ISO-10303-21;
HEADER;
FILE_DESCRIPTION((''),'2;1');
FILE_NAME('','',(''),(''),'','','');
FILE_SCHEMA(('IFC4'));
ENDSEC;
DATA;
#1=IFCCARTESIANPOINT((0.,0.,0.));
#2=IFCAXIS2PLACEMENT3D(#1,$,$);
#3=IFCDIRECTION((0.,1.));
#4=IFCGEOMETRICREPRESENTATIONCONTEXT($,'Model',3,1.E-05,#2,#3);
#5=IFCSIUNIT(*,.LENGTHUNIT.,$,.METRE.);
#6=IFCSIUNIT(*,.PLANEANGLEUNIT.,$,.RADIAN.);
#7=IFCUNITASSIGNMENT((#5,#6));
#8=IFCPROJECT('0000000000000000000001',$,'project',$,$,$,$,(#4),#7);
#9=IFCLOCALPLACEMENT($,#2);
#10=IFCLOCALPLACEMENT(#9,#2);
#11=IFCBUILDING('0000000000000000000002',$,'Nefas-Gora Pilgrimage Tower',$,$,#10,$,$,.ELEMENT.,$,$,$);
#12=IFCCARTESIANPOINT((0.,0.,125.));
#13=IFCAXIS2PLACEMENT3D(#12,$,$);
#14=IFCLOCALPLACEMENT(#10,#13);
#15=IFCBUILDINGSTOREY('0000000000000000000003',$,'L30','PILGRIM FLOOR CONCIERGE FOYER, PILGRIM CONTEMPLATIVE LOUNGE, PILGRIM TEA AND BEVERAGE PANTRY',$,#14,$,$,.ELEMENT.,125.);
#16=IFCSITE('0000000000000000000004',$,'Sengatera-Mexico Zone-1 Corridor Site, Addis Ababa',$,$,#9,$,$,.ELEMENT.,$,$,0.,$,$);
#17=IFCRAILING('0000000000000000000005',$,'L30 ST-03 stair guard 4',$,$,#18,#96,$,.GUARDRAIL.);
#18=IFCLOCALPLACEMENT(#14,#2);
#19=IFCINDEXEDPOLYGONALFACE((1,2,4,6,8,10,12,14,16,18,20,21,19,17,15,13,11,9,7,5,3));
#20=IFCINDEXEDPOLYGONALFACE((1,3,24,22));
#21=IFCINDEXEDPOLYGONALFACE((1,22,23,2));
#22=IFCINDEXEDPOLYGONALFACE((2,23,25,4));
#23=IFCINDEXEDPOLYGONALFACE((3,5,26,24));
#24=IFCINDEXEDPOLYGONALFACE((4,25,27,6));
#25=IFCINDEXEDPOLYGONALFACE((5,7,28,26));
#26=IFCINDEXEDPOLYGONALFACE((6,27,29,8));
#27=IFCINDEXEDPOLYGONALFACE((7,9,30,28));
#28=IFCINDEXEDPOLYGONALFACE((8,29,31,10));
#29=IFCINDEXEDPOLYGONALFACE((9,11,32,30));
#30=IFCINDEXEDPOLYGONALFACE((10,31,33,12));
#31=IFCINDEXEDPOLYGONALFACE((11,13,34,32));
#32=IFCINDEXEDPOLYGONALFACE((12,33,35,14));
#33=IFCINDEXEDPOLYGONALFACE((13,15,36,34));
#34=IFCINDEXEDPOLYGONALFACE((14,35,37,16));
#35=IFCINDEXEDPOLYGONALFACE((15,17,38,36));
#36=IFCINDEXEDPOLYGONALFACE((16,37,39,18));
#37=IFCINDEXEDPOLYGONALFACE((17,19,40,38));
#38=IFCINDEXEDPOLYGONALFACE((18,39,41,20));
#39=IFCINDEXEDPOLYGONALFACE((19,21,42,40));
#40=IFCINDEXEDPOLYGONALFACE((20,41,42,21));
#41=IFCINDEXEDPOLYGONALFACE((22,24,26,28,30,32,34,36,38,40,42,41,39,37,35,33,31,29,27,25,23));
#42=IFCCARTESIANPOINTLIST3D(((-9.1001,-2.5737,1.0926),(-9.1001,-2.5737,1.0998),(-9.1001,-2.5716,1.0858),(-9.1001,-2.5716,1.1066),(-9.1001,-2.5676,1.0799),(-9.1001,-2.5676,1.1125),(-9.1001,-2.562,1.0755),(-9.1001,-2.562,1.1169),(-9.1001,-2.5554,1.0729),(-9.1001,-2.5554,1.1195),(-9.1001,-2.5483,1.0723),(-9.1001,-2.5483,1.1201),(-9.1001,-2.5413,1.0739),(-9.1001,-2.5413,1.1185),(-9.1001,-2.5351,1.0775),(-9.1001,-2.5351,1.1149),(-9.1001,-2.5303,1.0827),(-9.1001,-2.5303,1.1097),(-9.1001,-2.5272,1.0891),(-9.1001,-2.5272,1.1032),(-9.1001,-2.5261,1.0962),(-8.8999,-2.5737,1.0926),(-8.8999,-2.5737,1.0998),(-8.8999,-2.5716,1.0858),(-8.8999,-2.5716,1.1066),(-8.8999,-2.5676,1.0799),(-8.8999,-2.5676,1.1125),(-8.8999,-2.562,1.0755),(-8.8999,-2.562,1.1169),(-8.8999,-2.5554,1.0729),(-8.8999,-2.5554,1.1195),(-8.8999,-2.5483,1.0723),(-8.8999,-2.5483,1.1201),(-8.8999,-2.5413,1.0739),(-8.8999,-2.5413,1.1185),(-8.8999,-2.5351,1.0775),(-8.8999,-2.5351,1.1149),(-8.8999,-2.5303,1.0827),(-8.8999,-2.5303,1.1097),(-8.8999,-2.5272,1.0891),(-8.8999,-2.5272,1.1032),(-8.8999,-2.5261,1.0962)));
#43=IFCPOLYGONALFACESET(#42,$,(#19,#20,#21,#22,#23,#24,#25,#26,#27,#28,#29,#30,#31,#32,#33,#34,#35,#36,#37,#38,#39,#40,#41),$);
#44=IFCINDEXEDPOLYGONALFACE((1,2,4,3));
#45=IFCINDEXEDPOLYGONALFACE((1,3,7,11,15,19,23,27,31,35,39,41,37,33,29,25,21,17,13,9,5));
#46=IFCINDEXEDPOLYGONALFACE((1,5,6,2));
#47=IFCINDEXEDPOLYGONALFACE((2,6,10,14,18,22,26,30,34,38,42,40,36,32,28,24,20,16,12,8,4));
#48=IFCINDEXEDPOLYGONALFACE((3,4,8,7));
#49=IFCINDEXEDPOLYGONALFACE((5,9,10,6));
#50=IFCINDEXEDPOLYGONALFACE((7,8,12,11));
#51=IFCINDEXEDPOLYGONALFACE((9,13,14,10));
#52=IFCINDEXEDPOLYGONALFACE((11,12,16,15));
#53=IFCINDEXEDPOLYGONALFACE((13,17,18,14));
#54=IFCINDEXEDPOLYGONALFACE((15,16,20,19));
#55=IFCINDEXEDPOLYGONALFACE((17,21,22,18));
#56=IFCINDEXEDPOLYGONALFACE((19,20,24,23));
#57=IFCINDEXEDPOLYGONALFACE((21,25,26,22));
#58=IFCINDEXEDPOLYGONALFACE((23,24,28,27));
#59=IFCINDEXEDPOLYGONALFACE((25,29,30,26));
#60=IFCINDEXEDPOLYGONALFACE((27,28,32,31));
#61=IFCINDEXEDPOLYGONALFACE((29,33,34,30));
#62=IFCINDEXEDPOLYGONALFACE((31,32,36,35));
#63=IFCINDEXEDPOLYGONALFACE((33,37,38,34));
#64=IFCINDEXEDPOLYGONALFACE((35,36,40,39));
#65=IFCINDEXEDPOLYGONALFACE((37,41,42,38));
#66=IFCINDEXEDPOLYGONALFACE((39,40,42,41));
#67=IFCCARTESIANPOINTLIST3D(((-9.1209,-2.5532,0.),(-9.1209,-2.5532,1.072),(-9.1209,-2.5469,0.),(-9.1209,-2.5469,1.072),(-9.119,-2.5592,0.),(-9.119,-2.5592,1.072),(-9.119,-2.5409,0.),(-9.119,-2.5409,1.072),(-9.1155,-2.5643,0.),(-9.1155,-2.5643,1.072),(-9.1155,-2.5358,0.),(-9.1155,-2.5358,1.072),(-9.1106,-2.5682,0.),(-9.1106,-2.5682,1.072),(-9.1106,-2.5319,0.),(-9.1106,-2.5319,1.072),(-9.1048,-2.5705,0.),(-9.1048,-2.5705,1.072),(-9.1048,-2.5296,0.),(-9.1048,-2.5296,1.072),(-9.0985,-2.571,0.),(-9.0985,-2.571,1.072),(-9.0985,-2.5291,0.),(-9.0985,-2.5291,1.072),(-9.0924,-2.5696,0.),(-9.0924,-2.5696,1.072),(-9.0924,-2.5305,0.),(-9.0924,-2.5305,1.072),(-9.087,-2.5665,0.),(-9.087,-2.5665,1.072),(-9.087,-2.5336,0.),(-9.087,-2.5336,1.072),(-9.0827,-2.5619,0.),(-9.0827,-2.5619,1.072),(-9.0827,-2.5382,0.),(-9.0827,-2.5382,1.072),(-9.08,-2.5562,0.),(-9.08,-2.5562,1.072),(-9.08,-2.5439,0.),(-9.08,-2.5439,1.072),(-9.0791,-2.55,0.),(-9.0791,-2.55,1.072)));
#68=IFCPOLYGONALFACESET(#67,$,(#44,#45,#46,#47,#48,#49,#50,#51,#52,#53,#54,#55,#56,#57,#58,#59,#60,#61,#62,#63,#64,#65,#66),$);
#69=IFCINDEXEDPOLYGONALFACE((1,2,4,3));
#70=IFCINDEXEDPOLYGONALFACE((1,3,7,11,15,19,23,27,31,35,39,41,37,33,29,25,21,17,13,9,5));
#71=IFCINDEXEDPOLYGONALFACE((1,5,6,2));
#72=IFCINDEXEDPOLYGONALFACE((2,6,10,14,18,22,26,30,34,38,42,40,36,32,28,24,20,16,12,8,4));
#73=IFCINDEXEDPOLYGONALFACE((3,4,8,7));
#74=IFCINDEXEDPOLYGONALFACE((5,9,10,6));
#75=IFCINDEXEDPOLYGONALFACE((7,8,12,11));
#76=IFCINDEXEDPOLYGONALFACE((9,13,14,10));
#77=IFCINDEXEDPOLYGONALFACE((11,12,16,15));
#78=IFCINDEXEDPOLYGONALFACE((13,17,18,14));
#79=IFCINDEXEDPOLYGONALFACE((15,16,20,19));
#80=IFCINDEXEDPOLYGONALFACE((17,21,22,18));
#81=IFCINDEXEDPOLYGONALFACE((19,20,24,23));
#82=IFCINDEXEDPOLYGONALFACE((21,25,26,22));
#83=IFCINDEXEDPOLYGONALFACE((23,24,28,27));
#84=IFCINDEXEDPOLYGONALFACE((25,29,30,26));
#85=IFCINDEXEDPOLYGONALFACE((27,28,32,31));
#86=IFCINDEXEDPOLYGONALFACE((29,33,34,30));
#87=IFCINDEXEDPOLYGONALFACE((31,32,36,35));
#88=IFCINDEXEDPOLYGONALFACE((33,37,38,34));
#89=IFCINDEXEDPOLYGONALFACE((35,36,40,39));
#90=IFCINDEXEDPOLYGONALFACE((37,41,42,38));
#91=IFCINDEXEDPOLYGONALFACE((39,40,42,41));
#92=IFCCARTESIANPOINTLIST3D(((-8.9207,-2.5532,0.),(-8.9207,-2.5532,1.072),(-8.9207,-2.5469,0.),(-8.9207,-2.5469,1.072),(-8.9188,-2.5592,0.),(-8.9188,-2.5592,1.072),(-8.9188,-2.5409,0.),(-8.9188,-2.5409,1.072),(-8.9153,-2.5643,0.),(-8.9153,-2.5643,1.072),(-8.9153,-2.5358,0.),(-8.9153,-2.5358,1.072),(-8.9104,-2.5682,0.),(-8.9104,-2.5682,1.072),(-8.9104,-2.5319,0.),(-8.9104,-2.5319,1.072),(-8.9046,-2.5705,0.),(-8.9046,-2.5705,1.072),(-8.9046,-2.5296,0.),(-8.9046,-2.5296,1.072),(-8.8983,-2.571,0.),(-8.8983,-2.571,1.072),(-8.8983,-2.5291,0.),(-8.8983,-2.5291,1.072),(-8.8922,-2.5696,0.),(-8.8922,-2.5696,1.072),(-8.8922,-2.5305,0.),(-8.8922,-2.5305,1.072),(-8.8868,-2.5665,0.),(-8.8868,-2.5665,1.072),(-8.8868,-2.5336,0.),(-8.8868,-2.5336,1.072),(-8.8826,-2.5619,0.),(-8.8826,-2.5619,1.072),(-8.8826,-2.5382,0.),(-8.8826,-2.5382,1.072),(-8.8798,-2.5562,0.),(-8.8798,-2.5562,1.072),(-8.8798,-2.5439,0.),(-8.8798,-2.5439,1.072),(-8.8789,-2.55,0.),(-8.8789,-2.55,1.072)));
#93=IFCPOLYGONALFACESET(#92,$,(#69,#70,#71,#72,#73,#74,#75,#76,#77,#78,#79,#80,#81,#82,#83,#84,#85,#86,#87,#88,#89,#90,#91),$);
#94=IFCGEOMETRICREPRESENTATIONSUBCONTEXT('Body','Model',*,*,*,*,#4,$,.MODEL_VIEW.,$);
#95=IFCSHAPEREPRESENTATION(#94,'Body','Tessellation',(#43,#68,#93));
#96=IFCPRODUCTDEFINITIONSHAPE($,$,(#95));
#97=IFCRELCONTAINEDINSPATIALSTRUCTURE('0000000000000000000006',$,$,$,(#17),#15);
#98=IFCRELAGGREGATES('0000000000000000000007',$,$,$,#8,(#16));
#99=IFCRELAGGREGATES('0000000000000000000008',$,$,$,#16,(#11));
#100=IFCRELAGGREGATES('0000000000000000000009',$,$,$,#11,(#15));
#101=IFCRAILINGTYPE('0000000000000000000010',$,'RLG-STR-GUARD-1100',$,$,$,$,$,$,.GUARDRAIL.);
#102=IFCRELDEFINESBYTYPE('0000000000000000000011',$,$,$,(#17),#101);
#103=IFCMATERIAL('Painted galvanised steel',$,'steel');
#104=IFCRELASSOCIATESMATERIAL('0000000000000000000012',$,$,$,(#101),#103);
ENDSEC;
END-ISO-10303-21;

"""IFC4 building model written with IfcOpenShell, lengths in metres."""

from ifc_helpers import new_model, si_unit, direction, frame, origin, origin_2d, place, context, subcontext, project, spatial, circle, extrude, material, type_object, element, save


model = new_model("IFC4")

# Units and contexts
model_context = context("Model", 3, precision=1e-05, world=origin(), true_north=direction((0.0, 1.0)))
body_context = subcontext(model_context, "Body", "Model", "MODEL_VIEW")
ifc_project = project(units=[si_unit("LENGTHUNIT", "METRE"), si_unit("PLANEANGLEUNIT", "RADIAN")], contexts=[model_context])

# Site, building, storey
site_placement = place(None, origin())
site = spatial("IfcSite", under=ifc_project, at=site_placement, Name="Sengatera-Mexico Zone-1 Corridor Site, Addis Ababa", CompositionType="ELEMENT", RefElevation=0.0)
building_placement = place(site_placement, origin())
building = spatial("IfcBuilding", under=site, at=building_placement, Name="Nefas-Gora Pilgrimage Tower", CompositionType="ELEMENT")
storey_placement = place(building_placement, frame((0.0, 0.0, 125.0)))
storey = spatial("IfcBuildingStorey", under=building, at=storey_placement, Name="L30", Description="PILGRIM FLOOR CONCIERGE FOYER, PILGRIM CONTEMPLATIVE LOUNGE, PILGRIM TEA AND BEVERAGE PANTRY", CompositionType="ELEMENT", Elevation=125.0)

# Railing
ifc_material_1 = material(Name="Painted galvanised steel", Category="steel")
railing_type_1 = type_object("IfcRailingType", Name="RLG-STR-GUARD-1100", PredefinedType="GUARDRAIL", material=ifc_material_1)
railing_1_placement = place(storey_placement, frame((-9.1001, -2.55, 0.0)))
element("IfcRailing", 1, at=railing_1_placement, inside=storey, type_object=railing_type_1, Name="L30 ST-03 stair guard 4", PredefinedType="GUARDRAIL", context=body_context, shape_type="SweptSolid", body=[
    extrude(circle(Radius=0.0239, at=origin_2d()), frame((0.0, 0.0, 1.0962), z_axis=(1.0, 0.0, 0.0), x_axis=(0.0, 1.0, 0.0)), (0.0, 0.0, 1.0), 0.2002),
    extrude(circle(Radius=0.021, at=origin_2d()), origin(), (0.0, 0.0, 1.0), 1.072),
    extrude(circle(Radius=0.021, at=origin_2d()), frame((0.2002, 0.0, 0.0)), (0.0, 0.0, 1.0), 1.072),
])

save(model, "model.ifc")
